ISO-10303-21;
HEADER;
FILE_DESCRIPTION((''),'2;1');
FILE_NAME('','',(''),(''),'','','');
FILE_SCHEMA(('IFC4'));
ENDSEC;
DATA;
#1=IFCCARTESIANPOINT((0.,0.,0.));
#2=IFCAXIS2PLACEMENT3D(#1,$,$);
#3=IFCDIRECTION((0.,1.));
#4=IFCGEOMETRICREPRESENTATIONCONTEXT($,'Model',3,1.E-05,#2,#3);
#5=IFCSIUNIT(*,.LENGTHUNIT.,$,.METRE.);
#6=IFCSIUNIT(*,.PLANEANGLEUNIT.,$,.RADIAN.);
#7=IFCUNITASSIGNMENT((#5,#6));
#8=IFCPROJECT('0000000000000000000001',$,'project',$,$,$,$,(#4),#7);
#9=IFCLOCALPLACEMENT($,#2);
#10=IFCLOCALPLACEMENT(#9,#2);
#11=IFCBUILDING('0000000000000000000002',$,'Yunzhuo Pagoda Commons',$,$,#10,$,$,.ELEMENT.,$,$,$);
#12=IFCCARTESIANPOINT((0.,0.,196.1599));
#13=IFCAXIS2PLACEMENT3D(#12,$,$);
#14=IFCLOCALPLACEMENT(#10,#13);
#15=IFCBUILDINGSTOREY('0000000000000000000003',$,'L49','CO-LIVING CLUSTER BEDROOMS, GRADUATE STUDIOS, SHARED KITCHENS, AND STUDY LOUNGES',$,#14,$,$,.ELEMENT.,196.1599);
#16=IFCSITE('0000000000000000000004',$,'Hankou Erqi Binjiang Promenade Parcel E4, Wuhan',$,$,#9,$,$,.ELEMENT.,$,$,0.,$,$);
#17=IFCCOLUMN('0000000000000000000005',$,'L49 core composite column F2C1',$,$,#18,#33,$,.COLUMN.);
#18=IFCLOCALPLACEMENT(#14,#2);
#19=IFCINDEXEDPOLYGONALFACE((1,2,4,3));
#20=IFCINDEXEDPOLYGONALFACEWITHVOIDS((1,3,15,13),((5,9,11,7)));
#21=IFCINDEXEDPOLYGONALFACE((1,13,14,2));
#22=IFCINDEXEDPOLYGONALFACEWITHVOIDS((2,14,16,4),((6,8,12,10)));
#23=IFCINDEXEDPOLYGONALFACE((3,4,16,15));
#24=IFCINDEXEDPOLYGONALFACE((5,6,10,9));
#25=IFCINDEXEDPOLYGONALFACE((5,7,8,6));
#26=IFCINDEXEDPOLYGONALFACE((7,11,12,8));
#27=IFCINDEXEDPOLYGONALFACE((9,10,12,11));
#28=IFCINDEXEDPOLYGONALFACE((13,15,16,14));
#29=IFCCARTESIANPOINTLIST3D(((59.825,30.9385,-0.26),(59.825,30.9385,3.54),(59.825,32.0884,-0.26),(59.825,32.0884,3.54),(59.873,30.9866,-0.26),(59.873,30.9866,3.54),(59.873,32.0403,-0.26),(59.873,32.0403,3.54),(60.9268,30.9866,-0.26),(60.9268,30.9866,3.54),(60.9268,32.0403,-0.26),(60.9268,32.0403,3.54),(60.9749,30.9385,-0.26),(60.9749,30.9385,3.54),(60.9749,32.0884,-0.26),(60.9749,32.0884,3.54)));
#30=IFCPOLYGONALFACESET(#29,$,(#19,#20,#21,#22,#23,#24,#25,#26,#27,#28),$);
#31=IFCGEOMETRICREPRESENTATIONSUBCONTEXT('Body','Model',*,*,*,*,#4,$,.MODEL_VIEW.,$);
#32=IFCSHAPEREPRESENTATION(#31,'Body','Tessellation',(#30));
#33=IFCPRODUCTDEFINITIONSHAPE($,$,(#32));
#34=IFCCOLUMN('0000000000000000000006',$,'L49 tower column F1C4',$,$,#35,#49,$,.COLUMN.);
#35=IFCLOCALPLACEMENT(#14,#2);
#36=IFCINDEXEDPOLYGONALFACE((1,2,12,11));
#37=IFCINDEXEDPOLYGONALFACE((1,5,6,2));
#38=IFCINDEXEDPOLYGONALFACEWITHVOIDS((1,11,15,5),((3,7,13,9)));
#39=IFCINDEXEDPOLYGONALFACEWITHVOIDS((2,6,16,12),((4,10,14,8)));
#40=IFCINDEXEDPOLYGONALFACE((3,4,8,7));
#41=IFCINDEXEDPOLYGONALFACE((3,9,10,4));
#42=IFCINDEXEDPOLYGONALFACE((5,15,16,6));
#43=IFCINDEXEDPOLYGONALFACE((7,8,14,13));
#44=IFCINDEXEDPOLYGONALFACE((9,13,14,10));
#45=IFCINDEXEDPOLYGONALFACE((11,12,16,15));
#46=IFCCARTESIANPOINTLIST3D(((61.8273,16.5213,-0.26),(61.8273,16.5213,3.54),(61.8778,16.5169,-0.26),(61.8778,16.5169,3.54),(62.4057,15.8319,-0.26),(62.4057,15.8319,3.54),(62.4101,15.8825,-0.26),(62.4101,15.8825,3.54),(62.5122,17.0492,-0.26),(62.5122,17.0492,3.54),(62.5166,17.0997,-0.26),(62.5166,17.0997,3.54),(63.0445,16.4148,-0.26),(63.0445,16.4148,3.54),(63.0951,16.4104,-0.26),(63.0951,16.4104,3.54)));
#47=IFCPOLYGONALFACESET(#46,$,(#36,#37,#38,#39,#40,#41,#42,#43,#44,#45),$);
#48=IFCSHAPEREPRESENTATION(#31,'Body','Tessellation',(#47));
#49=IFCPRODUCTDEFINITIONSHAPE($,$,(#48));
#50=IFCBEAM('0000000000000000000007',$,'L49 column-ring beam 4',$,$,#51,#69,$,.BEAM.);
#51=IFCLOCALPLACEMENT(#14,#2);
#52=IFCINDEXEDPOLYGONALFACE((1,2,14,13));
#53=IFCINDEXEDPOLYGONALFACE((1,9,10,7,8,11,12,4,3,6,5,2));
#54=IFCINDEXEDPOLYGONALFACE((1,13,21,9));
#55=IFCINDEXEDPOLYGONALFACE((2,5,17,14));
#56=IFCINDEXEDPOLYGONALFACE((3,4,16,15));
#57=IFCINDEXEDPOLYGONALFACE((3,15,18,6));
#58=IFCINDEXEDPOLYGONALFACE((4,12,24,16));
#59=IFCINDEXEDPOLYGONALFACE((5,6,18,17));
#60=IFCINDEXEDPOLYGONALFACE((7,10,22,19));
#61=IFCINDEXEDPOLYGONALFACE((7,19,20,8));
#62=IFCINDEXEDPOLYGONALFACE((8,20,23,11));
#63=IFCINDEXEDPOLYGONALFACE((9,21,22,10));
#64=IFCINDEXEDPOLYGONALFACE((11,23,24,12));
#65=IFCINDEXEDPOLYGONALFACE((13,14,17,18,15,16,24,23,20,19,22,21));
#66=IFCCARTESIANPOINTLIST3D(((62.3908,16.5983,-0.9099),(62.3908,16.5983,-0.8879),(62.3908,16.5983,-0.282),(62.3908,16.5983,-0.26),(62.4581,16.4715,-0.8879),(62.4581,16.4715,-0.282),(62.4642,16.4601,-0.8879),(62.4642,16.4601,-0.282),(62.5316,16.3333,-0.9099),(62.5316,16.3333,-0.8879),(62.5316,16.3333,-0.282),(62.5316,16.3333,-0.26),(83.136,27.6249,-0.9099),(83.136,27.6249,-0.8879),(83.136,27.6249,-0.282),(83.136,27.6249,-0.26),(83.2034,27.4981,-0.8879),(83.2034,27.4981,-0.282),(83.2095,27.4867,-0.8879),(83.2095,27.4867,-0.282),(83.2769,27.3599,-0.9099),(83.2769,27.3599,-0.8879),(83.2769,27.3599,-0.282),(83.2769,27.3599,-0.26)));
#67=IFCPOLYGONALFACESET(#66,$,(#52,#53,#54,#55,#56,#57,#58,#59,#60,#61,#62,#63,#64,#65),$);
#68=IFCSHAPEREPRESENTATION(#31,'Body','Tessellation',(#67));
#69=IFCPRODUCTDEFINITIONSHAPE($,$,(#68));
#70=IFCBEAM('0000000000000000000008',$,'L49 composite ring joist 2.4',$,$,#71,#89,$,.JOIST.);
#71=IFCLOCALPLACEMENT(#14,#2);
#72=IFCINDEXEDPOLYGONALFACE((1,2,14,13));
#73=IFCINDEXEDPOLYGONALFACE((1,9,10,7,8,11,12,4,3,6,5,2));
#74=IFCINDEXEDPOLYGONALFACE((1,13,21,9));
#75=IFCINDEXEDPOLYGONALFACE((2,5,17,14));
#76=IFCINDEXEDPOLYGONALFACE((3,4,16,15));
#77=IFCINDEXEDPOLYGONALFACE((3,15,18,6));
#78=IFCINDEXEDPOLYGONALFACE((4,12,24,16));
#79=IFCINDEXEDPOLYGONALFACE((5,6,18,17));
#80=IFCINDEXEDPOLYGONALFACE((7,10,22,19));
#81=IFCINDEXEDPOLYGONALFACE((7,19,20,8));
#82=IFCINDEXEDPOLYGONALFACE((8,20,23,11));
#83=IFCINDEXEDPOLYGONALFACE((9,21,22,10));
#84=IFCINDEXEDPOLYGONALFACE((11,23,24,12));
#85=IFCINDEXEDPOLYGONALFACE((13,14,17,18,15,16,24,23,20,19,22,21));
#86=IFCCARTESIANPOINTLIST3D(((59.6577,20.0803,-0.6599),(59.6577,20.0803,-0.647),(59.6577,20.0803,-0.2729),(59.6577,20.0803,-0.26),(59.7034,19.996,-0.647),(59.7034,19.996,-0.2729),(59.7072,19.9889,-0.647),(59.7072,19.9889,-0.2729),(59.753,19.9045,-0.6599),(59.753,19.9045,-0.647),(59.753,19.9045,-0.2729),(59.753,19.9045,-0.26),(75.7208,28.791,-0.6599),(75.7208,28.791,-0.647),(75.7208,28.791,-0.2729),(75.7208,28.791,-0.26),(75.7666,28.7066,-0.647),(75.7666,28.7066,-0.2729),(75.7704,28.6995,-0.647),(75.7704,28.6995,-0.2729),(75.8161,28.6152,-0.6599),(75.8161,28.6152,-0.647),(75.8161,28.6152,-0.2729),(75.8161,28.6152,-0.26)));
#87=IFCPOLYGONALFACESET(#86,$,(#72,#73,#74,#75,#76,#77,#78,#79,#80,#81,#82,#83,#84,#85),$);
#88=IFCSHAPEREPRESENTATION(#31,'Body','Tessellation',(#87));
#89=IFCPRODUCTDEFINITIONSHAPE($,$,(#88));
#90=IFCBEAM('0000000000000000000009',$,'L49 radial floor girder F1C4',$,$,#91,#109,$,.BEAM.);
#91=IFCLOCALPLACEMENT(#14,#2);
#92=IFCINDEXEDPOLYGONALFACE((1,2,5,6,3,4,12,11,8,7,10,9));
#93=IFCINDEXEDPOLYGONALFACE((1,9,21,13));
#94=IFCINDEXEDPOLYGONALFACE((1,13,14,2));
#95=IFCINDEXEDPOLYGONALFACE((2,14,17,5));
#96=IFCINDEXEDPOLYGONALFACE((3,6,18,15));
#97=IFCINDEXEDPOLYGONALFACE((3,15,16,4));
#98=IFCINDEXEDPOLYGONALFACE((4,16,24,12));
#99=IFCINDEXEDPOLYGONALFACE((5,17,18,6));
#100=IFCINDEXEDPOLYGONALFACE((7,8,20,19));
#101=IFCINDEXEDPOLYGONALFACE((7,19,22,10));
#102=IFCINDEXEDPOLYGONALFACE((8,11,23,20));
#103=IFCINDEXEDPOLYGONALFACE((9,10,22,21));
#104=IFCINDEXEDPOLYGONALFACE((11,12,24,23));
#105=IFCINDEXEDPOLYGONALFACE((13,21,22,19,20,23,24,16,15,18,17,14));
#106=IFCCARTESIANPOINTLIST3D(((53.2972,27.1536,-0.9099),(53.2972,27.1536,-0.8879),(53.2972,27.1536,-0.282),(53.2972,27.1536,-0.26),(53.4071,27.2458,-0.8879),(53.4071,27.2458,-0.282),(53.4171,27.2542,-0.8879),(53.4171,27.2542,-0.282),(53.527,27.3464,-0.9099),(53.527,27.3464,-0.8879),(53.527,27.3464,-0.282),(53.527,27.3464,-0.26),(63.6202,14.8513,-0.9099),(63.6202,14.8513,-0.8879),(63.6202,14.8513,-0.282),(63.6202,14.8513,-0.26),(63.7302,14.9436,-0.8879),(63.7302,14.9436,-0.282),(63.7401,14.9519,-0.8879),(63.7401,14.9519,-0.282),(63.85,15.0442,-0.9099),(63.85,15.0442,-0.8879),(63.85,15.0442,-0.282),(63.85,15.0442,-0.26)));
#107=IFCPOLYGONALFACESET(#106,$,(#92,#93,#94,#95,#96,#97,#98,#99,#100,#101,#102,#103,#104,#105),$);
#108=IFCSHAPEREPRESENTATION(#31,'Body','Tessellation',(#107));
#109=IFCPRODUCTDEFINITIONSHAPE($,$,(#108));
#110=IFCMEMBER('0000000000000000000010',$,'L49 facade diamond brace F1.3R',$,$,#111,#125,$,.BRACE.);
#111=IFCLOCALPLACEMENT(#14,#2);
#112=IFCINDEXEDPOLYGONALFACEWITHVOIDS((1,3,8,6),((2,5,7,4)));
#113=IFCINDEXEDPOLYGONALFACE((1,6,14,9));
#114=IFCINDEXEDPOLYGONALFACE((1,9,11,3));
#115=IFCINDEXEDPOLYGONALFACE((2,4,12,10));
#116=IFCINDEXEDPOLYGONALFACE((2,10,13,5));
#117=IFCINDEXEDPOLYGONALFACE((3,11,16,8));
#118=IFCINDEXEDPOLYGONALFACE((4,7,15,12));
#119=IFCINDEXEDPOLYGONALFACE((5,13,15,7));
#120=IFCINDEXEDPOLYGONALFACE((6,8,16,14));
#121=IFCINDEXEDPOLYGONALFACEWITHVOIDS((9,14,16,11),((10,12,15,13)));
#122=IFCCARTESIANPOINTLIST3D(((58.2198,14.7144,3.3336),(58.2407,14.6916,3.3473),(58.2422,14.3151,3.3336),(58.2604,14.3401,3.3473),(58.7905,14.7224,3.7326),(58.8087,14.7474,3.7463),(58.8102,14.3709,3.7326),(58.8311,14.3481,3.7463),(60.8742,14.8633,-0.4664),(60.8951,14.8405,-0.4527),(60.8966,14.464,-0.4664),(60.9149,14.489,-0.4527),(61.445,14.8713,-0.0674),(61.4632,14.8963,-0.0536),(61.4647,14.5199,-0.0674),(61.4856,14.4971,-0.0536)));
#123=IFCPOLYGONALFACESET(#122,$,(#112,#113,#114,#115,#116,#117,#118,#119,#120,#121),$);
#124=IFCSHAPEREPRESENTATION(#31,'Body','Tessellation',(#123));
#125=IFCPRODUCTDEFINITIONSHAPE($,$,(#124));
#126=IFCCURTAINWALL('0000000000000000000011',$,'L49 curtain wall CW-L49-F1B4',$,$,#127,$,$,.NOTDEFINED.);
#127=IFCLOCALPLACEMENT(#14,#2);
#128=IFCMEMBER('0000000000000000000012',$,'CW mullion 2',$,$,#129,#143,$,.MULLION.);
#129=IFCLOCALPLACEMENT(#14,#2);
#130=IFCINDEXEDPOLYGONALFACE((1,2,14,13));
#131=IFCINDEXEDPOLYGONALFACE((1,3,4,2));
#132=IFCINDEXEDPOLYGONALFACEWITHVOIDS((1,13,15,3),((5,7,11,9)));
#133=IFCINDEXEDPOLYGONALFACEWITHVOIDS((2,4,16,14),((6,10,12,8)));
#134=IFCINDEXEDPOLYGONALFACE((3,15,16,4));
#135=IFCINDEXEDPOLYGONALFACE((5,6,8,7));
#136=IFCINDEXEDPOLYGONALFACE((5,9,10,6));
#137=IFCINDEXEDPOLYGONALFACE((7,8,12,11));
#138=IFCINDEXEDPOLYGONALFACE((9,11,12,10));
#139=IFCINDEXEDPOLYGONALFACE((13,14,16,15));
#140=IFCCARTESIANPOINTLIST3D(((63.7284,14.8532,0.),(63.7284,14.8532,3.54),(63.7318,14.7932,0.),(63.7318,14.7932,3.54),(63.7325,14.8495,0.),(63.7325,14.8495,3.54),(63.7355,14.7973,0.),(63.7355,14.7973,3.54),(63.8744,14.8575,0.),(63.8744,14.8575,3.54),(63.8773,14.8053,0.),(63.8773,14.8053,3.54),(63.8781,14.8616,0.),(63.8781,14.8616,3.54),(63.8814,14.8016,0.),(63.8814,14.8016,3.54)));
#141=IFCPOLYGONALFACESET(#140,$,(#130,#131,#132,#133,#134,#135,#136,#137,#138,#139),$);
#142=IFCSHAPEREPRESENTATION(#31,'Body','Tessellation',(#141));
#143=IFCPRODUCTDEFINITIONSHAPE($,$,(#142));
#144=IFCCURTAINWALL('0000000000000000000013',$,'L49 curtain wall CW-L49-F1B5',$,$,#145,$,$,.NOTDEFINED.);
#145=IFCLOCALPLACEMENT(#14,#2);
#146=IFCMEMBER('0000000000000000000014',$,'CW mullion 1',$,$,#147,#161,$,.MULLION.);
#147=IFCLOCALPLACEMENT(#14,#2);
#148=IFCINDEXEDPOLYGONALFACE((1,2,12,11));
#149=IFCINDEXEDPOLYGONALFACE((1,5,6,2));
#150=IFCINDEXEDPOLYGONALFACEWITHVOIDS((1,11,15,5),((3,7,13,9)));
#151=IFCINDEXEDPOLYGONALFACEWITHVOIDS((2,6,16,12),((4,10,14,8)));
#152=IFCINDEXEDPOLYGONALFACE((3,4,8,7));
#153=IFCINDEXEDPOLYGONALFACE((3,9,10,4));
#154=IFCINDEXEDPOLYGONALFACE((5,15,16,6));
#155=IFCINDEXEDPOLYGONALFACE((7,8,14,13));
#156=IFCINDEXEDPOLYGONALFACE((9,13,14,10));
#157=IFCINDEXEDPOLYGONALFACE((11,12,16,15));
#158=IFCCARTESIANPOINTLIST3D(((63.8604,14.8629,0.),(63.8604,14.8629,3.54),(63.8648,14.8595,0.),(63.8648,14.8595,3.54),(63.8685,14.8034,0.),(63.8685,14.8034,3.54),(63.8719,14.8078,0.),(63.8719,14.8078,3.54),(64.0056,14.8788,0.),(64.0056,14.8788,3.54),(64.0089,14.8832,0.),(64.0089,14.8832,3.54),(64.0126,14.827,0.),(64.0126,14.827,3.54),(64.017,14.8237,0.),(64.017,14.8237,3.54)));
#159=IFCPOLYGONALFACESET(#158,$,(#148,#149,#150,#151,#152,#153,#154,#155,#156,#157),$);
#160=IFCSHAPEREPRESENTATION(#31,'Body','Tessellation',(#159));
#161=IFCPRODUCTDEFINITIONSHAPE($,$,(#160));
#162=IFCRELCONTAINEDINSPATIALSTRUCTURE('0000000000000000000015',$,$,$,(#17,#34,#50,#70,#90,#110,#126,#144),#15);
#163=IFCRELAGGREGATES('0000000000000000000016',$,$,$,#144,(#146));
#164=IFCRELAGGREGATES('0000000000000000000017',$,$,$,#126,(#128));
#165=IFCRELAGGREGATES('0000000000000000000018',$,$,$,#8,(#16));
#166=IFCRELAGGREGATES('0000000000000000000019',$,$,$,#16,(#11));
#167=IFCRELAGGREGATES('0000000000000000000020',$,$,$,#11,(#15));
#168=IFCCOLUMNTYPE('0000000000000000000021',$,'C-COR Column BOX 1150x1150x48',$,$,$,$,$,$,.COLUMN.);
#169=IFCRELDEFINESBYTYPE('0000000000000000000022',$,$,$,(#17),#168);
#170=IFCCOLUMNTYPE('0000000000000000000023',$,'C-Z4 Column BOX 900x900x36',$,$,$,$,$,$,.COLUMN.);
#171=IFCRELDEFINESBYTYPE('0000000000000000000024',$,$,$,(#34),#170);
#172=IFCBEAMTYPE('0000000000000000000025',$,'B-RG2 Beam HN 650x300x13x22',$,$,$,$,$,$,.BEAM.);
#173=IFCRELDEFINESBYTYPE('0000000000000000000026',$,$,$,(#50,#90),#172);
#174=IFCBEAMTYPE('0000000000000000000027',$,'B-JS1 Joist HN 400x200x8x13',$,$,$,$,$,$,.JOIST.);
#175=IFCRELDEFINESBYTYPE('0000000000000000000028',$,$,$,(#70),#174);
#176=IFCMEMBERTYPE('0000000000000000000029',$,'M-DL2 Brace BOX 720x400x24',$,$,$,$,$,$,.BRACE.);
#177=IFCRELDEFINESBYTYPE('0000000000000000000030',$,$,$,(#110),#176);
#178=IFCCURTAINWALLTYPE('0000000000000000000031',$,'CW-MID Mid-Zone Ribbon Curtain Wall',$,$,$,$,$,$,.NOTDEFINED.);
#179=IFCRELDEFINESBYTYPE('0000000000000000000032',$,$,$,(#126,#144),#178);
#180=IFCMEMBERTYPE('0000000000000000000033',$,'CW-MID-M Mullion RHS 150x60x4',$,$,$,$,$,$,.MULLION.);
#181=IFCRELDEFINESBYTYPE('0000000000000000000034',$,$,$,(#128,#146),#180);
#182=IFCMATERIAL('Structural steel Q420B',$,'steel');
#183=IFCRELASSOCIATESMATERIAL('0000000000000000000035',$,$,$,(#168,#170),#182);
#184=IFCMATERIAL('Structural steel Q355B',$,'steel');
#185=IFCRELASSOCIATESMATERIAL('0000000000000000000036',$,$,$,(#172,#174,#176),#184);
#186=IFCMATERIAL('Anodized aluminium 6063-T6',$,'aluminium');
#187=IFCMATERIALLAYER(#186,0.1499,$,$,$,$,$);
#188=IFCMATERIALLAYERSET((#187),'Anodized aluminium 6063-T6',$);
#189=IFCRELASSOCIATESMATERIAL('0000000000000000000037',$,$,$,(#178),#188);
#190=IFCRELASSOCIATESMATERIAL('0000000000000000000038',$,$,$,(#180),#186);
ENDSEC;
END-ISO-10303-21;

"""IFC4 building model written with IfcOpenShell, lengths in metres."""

from ifc_helpers import new_model, si_unit, direction, frame, origin, origin_2d, place, context, subcontext, project, spatial, hollow_rectangle, i_section, extrude, source, transform, mapped, material, layer, layer_set, material_profile, profile_set, type_object, element, aggregate, save


model = new_model("IFC4")

# Units and contexts
model_context = context("Model", 3, precision=1e-05, world=origin(), true_north=direction((0.0, 1.0)))
body_context = subcontext(model_context, "Body", "Model", "MODEL_VIEW")
ifc_project = project(units=[si_unit("LENGTHUNIT", "METRE"), si_unit("PLANEANGLEUNIT", "RADIAN")], contexts=[model_context])

# Site, building, storey
site_placement = place(None, origin())
site = spatial("IfcSite", under=ifc_project, at=site_placement, Name="Hankou Erqi Binjiang Promenade Parcel E4, Wuhan", CompositionType="ELEMENT", RefElevation=0.0)
building_placement = place(site_placement, origin())
building = spatial("IfcBuilding", under=site, at=building_placement, Name="Yunzhuo Pagoda Commons", CompositionType="ELEMENT")
storey_placement = place(building_placement, frame((0.0, 0.0, 196.1599)))
storey = spatial("IfcBuildingStorey", under=building, at=storey_placement, Name="L49", Description="CO-LIVING CLUSTER BEDROOMS, GRADUATE STUDIOS, SHARED KITCHENS, AND STUDY LOUNGES", CompositionType="ELEMENT", Elevation=196.1599)

# Columns
ifc_material_1 = material(Name="Structural steel Q420B", Category="steel")
ifc_material_profile_1 = material_profile(ifc_material_1, hollow_rectangle(XDim=1.1499, YDim=1.1499, WallThickness=0.0481, at=origin_2d()), Name="Structural steel Q420B")
ifc_profile_set_1 = profile_set([ifc_material_profile_1], Name="Structural steel Q420B")
column_type_1 = type_object("IfcColumnType", Name="C-COR Column BOX 1150x1150x48", PredefinedType="COLUMN", material=ifc_profile_set_1)
shared_shape_1 = source(origin(), body_context, "Body", "SweptSolid", [
    extrude(hollow_rectangle(XDim=1.1499, YDim=1.1499, WallThickness=0.0481, at=origin_2d()), origin(), (0.0, 0.0, 1.0), 3.8),
])
column_1_placement = place(storey_placement, frame((60.3999, 31.5134, -0.26), z_axis=(0.0, 0.0, 1.0), x_axis=(1.0, 0.0, 0.0)))
element("IfcColumn", 1, at=column_1_placement, inside=storey, type_object=column_type_1, Name="L49 core composite column F2C1", PredefinedType="COLUMN", context=body_context, shape_type="MappedRepresentation", body=[
    mapped(shared_shape_1, transform((0.0, 0.0, 0.0), scale=1.0)),
])
ifc_material_profile_2 = material_profile(ifc_material_1, hollow_rectangle(XDim=0.8999, YDim=0.8999, WallThickness=0.0359, at=origin_2d()), Name="Structural steel Q420B")
ifc_profile_set_2 = profile_set([ifc_material_profile_2], Name="Structural steel Q420B")
column_type_2 = type_object("IfcColumnType", Name="C-Z4 Column BOX 900x900x36", PredefinedType="COLUMN", material=ifc_profile_set_2)
shared_shape_2 = source(origin(), body_context, "Body", "SweptSolid", [
    extrude(hollow_rectangle(XDim=0.8999, YDim=0.8999, WallThickness=0.0359, at=origin_2d()), origin(), (0.0, 0.0, 1.0), 3.8),
])
column_2_placement = place(storey_placement, frame((62.4612, 16.4658, -0.26), z_axis=(0.0, 0.0, 1.0), x_axis=(0.766044, 0.642788, 0.0)))
element("IfcColumn", 2, at=column_2_placement, inside=storey, type_object=column_type_2, Name="L49 tower column F1C4", PredefinedType="COLUMN", context=body_context, shape_type="MappedRepresentation", body=[
    mapped(shared_shape_2, transform((0.0, 0.0, 0.0), scale=1.0)),
])

# Beams
ifc_material_2 = material(Name="Structural steel Q355B", Category="steel")
ifc_material_profile_3 = material_profile(ifc_material_2, i_section(OverallWidth=0.3, OverallDepth=0.6499, WebThickness=0.0129, FlangeThickness=0.022, at=origin_2d()), Name="Structural steel Q355B")
ifc_profile_set_3 = profile_set([ifc_material_profile_3], Name="Structural steel Q355B")
beam_type_1 = type_object("IfcBeamType", Name="B-RG2 Beam HN 650x300x13x22", PredefinedType="BEAM", material=ifc_profile_set_3)
shared_shape_3 = source(origin(), body_context, "Body", "SweptSolid", [
    extrude(i_section(OverallWidth=0.3, OverallDepth=0.6499, WebThickness=0.0129, FlangeThickness=0.022, at=origin_2d()), origin(), (0.0, 0.0, 1.0), 23.4937),
])
beam_1_placement = place(storey_placement, frame((62.4612, 16.4658, -0.585), z_axis=(0.883016, 0.469342, 0.0), x_axis=(-0.469342, 0.883016, 0.0)))
element("IfcBeam", 3, at=beam_1_placement, inside=storey, type_object=beam_type_1, Name="L49 column-ring beam 4", PredefinedType="BEAM", context=body_context, shape_type="MappedRepresentation", body=[
    mapped(shared_shape_3, transform((0.0, 0.0, 0.0), scale=1.0)),
])
ifc_material_profile_4 = material_profile(ifc_material_2, i_section(OverallWidth=0.2, OverallDepth=0.3999, WebThickness=0.0081, FlangeThickness=0.0129, at=origin_2d()), Name="Structural steel Q355B")
ifc_profile_set_4 = profile_set([ifc_material_profile_4], Name="Structural steel Q355B")
beam_type_2 = type_object("IfcBeamType", Name="B-JS1 Joist HN 400x200x8x13", PredefinedType="JOIST", material=ifc_profile_set_4)
shared_shape_4 = source(origin(), body_context, "Body", "SweptSolid", [
    extrude(i_section(OverallWidth=0.2, OverallDepth=0.3999, WebThickness=0.0081, FlangeThickness=0.0129, at=origin_2d()), origin(), (0.0, 0.0, 1.0), 18.2729),
])
beam_2_placement = place(storey_placement, frame((59.7053, 19.9924, -0.46), z_axis=(0.879068, 0.476697, 0.0), x_axis=(-0.476697, 0.879068, 0.0)))
element("IfcBeam", 4, at=beam_2_placement, inside=storey, type_object=beam_type_2, Name="L49 composite ring joist 2.4", PredefinedType="JOIST", context=body_context, shape_type="MappedRepresentation", body=[
    mapped(shared_shape_4, transform((0.0, 0.0, 0.0), scale=1.0)),
])
shared_shape_5 = source(origin(), body_context, "Body", "SweptSolid", [
    extrude(i_section(OverallWidth=0.3, OverallDepth=0.6499, WebThickness=0.0129, FlangeThickness=0.022, at=origin_2d()), origin(), (0.0, 0.0, 1.0), 16.0596),
])
beam_3_placement = place(storey_placement, frame((63.7351, 14.9478, -0.585), z_axis=(-0.642794, 0.766039, 0.0), x_axis=(-0.766039, -0.642794, 0.0)))
element("IfcBeam", 5, at=beam_3_placement, inside=storey, type_object=beam_type_1, Name="L49 radial floor girder F1C4", PredefinedType="BEAM", context=body_context, shape_type="MappedRepresentation", body=[
    mapped(shared_shape_5, transform((0.0, 0.0, 0.0), scale=1.0)),
])

# Member
ifc_material_profile_5 = material_profile(ifc_material_2, hollow_rectangle(XDim=0.3999, YDim=0.72, WallThickness=0.0239, at=origin_2d()), Name="Structural steel Q355B")
ifc_profile_set_5 = profile_set([ifc_material_profile_5], Name="Structural steel Q355B")
member_type_1 = type_object("IfcMemberType", Name="M-DL2 Brace BOX 720x400x24", PredefinedType="BRACE", material=ifc_profile_set_5)
shared_shape_6 = source(origin(), body_context, "Body", "SweptSolid", [
    extrude(hollow_rectangle(XDim=0.3999, YDim=0.72, WallThickness=0.0239, at=origin_2d()), origin(), (0.0, 0.0, 1.0), 4.6377),
])
member_1_placement = place(storey_placement, frame((61.1799, 14.6802, -0.26), z_axis=(-0.572371, -0.032111, 0.819366), x_axis=(0.056014, -0.99843, 0.0)))
element("IfcMember", 6, at=member_1_placement, inside=storey, type_object=member_type_1, Name="L49 facade diamond brace F1.3R", PredefinedType="BRACE", context=body_context, shape_type="MappedRepresentation", body=[
    mapped(shared_shape_6, transform((0.0, 0.0, 0.0), scale=1.0)),
])

# Curtain wall, member
ifc_material_3 = material(Name="Anodized aluminium 6063-T6", Category="aluminium")
ifc_layer_1 = layer(ifc_material_3, 0.1499)
ifc_layer_set_1 = layer_set([ifc_layer_1], Name="Anodized aluminium 6063-T6")
curtain_wall_type = type_object("IfcCurtainWallType", Name="CW-MID Mid-Zone Ribbon Curtain Wall", PredefinedType="NOTDEFINED", material=ifc_layer_set_1)
curtain_wall_1_placement = place(storey_placement, origin())
curtain_wall_1 = element("IfcCurtainWall", 7, at=curtain_wall_1_placement, inside=storey, type_object=curtain_wall_type, Name="L49 curtain wall CW-L49-F1B4", PredefinedType="NOTDEFINED")
ifc_material_profile_6 = material_profile(ifc_material_3, hollow_rectangle(XDim=0.0601, YDim=0.1499, WallThickness=0.0039, at=origin_2d()), Name="Anodized aluminium 6063-T6")
ifc_profile_set_6 = profile_set([ifc_material_profile_6], Name="Anodized aluminium 6063-T6")
member_type_2 = type_object("IfcMemberType", Name="CW-MID-M Mullion RHS 150x60x4", PredefinedType="MULLION", material=ifc_profile_set_6)
shared_shape_7 = source(origin(), body_context, "Body", "SweptSolid", [
    extrude(hollow_rectangle(XDim=0.0601, YDim=0.1499, WallThickness=0.0039, at=origin_2d()), origin(), (0.0, 0.0, 1.0), 3.54),
])
member_2_placement = place(storey_placement, frame((63.8049, 14.8274, 0.0), z_axis=(0.0, 0.0, 1.0), x_axis=(-0.055983, 0.998432, 0.0)))
member_2 = element("IfcMember", 8, at=member_2_placement, type_object=member_type_2, Name="CW mullion 2", PredefinedType="MULLION", context=body_context, shape_type="MappedRepresentation", body=[
    mapped(shared_shape_7, transform((0.0, 0.0, 0.0), scale=1.0)),
])

# Curtain wall, member
curtain_wall_2_placement = place(storey_placement, origin())
curtain_wall_2 = element("IfcCurtainWall", 9, at=curtain_wall_2_placement, inside=storey, type_object=curtain_wall_type, Name="L49 curtain wall CW-L49-F1B5", PredefinedType="NOTDEFINED")
member_3_placement = place(storey_placement, frame((63.9387, 14.8433, 0.0), z_axis=(0.0, 0.0, 1.0), x_axis=(-0.135312, 0.990803, 0.0)))
member_3 = element("IfcMember", 10, at=member_3_placement, type_object=member_type_2, Name="CW mullion 1", PredefinedType="MULLION", context=body_context, shape_type="MappedRepresentation", body=[
    mapped(shared_shape_7, transform((0.0, 0.0, 0.0), scale=1.0)),
])
aggregate(curtain_wall_2, [member_3])

aggregate(curtain_wall_1, [member_2])

save(model, "model.ifc")
